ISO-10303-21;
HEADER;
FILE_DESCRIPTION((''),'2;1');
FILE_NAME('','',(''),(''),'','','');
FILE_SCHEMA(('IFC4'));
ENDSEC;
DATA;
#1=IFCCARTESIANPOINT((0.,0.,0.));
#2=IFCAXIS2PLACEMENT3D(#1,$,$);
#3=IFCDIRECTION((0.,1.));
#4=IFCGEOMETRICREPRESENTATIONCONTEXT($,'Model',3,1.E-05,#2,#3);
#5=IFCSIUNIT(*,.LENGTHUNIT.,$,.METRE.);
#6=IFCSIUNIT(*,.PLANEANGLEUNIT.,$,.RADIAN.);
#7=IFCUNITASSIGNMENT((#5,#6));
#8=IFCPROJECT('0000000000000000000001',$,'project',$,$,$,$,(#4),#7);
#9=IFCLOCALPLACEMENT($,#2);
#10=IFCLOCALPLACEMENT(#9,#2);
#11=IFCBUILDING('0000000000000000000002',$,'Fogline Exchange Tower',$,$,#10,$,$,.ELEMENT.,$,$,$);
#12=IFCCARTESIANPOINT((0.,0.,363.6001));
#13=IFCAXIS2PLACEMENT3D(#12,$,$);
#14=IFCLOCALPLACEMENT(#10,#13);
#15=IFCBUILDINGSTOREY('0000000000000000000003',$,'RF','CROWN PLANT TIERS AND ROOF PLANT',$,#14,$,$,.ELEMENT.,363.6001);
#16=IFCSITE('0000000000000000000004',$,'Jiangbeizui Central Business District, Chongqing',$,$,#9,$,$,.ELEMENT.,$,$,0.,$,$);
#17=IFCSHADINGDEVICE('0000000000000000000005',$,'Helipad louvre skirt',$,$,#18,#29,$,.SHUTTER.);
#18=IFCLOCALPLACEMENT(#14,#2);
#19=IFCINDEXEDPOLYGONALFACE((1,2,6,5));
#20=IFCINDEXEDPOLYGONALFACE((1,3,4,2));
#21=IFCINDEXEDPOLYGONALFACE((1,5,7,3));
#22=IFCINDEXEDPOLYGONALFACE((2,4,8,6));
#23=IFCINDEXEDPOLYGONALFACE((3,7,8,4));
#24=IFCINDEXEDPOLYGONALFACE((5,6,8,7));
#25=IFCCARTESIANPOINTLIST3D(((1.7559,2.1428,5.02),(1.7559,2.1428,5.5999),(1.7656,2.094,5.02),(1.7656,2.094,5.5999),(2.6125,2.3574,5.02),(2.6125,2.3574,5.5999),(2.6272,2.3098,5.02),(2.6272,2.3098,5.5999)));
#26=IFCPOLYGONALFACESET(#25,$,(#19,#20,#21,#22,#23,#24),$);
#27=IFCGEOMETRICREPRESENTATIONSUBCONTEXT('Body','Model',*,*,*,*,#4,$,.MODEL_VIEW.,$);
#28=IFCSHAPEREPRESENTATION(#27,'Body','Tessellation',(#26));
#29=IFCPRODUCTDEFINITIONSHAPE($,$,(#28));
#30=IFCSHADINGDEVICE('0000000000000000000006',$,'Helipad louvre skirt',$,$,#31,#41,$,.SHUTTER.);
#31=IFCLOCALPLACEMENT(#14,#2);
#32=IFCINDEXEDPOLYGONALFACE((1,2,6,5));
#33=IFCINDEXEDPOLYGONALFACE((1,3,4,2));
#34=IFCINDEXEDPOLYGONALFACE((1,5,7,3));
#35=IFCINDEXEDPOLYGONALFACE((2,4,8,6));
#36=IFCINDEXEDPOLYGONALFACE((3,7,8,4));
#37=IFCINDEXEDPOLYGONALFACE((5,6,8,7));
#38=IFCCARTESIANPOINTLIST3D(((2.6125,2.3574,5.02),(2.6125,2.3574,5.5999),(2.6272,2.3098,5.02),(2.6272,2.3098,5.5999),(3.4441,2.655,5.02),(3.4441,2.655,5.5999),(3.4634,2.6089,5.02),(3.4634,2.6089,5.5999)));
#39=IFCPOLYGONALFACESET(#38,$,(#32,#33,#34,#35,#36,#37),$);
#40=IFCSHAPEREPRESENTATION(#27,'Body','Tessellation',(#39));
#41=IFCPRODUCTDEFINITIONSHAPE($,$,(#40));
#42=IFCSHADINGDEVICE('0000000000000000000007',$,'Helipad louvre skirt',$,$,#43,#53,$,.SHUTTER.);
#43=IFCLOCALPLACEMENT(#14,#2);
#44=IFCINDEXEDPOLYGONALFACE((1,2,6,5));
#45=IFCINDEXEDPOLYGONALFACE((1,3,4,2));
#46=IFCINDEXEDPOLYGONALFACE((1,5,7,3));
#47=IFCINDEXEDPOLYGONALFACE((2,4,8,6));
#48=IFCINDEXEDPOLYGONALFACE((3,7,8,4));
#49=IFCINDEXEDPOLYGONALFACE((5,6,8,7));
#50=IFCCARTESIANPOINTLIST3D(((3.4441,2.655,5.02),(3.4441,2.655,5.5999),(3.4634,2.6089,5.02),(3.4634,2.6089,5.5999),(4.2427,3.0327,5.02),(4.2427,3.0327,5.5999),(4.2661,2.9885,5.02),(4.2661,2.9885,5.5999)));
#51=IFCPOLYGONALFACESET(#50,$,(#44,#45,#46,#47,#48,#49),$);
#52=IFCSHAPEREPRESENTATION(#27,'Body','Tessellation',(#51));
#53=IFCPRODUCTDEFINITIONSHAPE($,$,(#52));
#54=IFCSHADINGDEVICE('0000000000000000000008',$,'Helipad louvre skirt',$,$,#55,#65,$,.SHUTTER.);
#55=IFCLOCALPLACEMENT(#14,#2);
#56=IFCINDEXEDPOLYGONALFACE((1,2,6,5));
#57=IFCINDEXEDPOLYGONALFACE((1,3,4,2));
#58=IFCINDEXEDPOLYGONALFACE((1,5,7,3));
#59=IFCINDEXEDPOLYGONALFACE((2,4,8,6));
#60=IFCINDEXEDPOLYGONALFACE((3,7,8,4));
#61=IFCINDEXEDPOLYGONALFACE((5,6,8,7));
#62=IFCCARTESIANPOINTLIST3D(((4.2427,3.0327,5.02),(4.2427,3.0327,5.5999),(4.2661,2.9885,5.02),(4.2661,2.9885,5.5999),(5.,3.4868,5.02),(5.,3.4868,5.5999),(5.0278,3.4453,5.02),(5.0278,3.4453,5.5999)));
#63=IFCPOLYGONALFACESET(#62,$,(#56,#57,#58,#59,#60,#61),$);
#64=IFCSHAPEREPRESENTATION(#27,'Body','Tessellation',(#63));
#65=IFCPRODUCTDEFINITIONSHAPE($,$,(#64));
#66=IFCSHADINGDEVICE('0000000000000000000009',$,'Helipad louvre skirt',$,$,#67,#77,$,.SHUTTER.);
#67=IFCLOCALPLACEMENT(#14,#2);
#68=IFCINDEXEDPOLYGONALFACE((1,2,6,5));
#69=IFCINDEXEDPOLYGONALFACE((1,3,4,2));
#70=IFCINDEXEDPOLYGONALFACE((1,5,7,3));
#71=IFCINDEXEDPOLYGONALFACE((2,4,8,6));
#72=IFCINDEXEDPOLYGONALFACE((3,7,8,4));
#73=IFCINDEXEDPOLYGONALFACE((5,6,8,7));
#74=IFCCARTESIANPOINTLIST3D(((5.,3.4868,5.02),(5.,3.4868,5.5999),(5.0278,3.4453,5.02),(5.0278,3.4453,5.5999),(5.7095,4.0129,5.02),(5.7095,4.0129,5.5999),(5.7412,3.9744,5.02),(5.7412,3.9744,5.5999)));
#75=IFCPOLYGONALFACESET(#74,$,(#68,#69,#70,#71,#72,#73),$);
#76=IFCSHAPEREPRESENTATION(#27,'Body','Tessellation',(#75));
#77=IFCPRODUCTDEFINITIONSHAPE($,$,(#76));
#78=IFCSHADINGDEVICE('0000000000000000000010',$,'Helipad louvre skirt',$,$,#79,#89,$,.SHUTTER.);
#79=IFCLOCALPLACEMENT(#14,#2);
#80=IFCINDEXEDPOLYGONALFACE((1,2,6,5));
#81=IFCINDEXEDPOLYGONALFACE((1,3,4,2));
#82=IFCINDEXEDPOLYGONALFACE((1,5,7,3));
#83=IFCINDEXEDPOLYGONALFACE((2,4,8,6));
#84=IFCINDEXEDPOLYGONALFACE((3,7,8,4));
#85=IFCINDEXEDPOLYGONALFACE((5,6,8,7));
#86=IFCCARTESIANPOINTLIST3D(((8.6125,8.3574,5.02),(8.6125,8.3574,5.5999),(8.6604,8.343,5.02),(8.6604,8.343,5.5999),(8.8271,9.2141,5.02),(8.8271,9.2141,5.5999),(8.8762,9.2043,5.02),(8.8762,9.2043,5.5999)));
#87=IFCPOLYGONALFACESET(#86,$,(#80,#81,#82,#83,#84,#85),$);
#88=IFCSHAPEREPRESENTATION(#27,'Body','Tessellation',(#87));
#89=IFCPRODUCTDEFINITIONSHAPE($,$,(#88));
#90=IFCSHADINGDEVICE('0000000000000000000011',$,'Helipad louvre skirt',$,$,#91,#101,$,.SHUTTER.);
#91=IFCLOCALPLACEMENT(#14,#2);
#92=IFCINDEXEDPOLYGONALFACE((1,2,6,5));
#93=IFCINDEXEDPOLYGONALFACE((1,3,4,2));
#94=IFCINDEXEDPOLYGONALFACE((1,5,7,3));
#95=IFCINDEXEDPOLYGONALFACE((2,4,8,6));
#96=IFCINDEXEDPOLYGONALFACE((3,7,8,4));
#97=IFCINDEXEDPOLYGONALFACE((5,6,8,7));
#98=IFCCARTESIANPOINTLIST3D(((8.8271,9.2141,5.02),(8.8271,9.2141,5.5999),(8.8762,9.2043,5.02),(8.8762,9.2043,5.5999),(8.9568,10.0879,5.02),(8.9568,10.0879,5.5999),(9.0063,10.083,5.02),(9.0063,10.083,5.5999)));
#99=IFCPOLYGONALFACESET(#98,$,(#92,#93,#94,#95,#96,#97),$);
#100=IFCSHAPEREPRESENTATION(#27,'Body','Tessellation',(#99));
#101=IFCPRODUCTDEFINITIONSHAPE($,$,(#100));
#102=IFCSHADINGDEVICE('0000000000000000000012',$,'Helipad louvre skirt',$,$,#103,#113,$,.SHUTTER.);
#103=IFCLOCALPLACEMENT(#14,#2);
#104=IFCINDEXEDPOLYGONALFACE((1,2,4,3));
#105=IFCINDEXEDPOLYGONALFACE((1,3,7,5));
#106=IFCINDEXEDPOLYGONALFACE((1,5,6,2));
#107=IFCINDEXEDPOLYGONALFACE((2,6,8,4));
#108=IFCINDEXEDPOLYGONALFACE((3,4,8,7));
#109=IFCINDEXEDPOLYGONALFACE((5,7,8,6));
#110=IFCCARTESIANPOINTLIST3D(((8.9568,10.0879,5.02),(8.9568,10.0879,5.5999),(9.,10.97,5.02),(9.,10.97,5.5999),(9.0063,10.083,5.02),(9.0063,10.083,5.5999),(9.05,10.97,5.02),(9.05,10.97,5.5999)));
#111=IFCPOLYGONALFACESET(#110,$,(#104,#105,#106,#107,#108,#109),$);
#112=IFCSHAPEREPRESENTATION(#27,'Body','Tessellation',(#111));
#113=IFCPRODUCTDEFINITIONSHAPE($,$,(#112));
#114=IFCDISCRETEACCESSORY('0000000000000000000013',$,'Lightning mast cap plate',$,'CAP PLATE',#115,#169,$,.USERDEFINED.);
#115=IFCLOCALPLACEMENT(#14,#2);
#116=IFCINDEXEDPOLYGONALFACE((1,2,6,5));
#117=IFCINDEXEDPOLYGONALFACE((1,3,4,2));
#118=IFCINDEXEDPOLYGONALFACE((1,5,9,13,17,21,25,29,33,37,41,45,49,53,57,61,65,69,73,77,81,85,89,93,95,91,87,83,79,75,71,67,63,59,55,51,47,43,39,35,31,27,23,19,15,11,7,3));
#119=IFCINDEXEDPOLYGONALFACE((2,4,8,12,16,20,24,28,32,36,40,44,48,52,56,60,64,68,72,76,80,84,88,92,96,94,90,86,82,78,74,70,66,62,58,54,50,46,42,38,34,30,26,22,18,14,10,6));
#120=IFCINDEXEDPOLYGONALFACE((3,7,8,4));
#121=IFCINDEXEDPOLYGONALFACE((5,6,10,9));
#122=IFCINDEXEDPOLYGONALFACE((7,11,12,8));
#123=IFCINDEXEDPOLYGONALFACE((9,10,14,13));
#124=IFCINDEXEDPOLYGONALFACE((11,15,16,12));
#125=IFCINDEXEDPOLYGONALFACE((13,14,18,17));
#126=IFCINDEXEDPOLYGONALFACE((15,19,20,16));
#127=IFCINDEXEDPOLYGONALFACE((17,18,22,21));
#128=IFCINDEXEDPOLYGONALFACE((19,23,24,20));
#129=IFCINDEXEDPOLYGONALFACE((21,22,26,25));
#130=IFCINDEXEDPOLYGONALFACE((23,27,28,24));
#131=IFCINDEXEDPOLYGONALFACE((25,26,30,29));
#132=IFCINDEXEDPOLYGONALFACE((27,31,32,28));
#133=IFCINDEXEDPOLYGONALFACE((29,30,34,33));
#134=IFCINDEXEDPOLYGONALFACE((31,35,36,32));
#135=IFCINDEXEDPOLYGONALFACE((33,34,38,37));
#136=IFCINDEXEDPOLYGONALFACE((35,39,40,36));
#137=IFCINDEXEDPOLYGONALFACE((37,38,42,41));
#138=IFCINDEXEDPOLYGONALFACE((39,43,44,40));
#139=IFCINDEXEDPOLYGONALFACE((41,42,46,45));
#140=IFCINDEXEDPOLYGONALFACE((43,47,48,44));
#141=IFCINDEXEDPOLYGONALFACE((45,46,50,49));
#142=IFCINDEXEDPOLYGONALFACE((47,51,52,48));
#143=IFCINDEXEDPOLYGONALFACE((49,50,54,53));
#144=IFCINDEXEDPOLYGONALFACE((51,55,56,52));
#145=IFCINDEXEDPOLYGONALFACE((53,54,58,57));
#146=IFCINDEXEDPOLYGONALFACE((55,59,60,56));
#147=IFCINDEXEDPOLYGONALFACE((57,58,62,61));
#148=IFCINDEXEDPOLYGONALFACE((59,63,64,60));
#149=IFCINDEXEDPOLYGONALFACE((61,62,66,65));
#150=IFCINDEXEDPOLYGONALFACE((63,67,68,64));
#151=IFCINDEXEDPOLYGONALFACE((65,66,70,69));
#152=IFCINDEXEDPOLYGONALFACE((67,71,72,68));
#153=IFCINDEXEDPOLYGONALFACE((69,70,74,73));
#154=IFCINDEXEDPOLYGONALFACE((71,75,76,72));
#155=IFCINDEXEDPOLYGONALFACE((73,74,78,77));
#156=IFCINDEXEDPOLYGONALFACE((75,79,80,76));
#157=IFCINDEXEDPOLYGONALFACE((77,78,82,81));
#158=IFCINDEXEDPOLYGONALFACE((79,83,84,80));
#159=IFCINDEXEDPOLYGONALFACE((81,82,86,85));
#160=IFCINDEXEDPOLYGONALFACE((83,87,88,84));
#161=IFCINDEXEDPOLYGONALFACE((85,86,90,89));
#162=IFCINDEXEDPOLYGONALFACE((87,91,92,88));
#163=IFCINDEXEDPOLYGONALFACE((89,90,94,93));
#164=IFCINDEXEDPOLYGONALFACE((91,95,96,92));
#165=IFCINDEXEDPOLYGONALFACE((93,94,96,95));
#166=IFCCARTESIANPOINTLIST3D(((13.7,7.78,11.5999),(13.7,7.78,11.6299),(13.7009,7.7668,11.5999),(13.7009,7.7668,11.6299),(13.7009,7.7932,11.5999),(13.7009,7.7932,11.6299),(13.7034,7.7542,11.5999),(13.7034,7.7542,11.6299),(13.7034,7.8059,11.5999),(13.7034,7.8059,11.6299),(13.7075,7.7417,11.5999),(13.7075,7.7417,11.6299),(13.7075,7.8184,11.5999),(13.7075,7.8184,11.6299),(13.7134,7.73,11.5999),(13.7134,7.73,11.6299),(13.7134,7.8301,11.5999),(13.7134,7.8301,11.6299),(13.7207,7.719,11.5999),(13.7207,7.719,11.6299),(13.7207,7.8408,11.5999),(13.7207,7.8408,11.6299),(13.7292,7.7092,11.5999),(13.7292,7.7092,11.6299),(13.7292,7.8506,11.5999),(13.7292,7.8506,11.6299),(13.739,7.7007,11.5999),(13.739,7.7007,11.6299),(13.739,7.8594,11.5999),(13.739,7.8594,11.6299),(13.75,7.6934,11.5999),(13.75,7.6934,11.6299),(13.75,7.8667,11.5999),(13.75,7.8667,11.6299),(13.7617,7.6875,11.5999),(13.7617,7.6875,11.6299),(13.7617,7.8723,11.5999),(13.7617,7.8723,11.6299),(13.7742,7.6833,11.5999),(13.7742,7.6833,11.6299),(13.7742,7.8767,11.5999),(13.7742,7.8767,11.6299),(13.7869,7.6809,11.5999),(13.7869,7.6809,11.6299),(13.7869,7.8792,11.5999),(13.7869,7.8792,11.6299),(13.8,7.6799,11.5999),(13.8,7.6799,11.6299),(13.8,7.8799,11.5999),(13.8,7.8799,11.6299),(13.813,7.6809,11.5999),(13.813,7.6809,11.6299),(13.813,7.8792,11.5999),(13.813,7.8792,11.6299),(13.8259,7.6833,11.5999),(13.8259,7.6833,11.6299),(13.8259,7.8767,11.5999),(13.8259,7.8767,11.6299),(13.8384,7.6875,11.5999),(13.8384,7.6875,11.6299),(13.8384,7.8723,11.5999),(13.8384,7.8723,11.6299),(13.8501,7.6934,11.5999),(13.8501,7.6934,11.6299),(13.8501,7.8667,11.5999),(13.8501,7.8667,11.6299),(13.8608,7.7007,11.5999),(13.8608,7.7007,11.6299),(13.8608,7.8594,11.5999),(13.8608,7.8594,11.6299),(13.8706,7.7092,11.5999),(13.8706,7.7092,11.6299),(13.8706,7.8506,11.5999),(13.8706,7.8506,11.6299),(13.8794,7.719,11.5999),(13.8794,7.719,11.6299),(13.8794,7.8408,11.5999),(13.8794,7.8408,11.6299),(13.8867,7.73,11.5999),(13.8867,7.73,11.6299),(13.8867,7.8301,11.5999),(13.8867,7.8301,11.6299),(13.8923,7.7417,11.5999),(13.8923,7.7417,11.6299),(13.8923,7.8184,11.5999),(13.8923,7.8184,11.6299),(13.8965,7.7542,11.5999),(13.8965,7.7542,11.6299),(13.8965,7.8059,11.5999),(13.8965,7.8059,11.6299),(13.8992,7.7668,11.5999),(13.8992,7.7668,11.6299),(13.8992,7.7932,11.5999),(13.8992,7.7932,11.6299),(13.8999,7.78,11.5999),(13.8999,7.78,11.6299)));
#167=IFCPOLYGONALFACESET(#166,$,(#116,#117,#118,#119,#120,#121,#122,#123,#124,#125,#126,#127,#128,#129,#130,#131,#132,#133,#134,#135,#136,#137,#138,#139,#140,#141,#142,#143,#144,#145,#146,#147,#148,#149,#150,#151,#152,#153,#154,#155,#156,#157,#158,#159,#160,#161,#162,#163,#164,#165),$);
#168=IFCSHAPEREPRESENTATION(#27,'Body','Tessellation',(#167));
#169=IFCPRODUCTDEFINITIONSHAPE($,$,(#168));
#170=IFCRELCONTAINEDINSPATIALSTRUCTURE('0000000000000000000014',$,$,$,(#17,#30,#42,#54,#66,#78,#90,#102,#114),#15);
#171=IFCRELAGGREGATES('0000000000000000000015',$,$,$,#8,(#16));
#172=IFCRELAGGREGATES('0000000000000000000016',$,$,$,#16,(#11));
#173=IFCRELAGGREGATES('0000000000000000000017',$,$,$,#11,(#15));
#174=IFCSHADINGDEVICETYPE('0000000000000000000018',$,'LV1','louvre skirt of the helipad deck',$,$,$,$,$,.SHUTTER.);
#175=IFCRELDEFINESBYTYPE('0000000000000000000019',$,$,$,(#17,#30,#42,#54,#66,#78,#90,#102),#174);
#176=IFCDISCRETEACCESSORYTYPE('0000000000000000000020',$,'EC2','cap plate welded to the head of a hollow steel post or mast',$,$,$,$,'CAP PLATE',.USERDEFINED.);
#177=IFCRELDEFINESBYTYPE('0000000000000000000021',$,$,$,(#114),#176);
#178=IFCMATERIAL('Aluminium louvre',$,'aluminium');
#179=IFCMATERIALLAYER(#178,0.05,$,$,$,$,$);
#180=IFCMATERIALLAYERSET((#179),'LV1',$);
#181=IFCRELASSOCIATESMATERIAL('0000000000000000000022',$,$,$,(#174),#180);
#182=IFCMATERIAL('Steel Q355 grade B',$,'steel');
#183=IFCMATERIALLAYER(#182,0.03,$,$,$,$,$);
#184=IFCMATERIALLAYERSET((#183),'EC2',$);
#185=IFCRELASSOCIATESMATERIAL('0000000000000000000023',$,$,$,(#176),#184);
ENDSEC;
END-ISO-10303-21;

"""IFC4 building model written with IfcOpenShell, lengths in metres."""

from ifc_helpers import new_model, si_unit, direction, frame, origin, place, context, subcontext, project, spatial, polyline, outline, extrude, material, layer, layer_set, type_object, element, save


model = new_model("IFC4")

# Units and contexts
model_context = context("Model", 3, precision=1e-05, world=origin(), true_north=direction((0.0, 1.0)))
body_context = subcontext(model_context, "Body", "Model", "MODEL_VIEW")
ifc_project = project(units=[si_unit("LENGTHUNIT", "METRE"), si_unit("PLANEANGLEUNIT", "RADIAN")], contexts=[model_context])

# Site, building, storey
site_placement = place(None, origin())
site = spatial("IfcSite", under=ifc_project, at=site_placement, Name="Jiangbeizui Central Business District, Chongqing", CompositionType="ELEMENT", RefElevation=0.0)
building_placement = place(site_placement, origin())
building = spatial("IfcBuilding", under=site, at=building_placement, Name="Fogline Exchange Tower", CompositionType="ELEMENT")
storey_placement = place(building_placement, frame((0.0, 0.0, 363.6001)))
storey = spatial("IfcBuildingStorey", under=building, at=storey_placement, Name="RF", Description="CROWN PLANT TIERS AND ROOF PLANT", CompositionType="ELEMENT", Elevation=363.6001)

# Shared definitions
ifc_material_1 = material(Name="Steel Q355 grade B", Category="steel")

# Shading devices
ifc_material_2 = material(Name="Aluminium louvre", Category="aluminium")
ifc_layer_1 = layer(ifc_material_2, 0.05)
ifc_layer_set_1 = layer_set([ifc_layer_1], Name="LV1")
shading_device_type = type_object("IfcShadingDeviceType", Name="LV1", Description="louvre skirt of the helipad deck", PredefinedType="SHUTTER", material=ifc_layer_set_1)
shading_device_1_placement = place(storey_placement, frame((0.0, 0.0, 5.02)))
element("IfcShadingDevice", 1, at=shading_device_1_placement, inside=storey, type_object=shading_device_type, Name="Helipad louvre skirt", PredefinedType="SHUTTER", context=body_context, shape_type="SweptSolid", body=[
    extrude(outline(polyline([(1.7559, 2.1428), (1.7656, 2.094), (2.6272, 2.3098), (2.6125, 2.3574), (1.7559, 2.1428)])), origin(), (0.0, 0.0, 1.0), 0.5798),
])
shading_device_2_placement = place(storey_placement, frame((0.0, 0.0, 5.02)))
element("IfcShadingDevice", 2, at=shading_device_2_placement, inside=storey, type_object=shading_device_type, Name="Helipad louvre skirt", PredefinedType="SHUTTER", context=body_context, shape_type="SweptSolid", body=[
    extrude(outline(polyline([(2.6125, 2.3574), (2.6272, 2.3098), (3.4634, 2.6089), (3.4441, 2.655), (2.6125, 2.3574)])), origin(), (0.0, 0.0, 1.0), 0.5798),
])
shading_device_3_placement = place(storey_placement, frame((0.0, 0.0, 5.02)))
element("IfcShadingDevice", 3, at=shading_device_3_placement, inside=storey, type_object=shading_device_type, Name="Helipad louvre skirt", PredefinedType="SHUTTER", context=body_context, shape_type="SweptSolid", body=[
    extrude(outline(polyline([(3.4441, 2.655), (3.4634, 2.6089), (4.2661, 2.9885), (4.2427, 3.0327), (3.4441, 2.655)])), origin(), (0.0, 0.0, 1.0), 0.5798),
])
shading_device_4_placement = place(storey_placement, frame((0.0, 0.0, 5.02)))
element("IfcShadingDevice", 4, at=shading_device_4_placement, inside=storey, type_object=shading_device_type, Name="Helipad louvre skirt", PredefinedType="SHUTTER", context=body_context, shape_type="SweptSolid", body=[
    extrude(outline(polyline([(4.2427, 3.0327), (4.2661, 2.9885), (5.0278, 3.4453), (5.0, 3.4868), (4.2427, 3.0327)])), origin(), (0.0, 0.0, 1.0), 0.5798),
])
shading_device_5_placement = place(storey_placement, frame((0.0, 0.0, 5.02)))
element("IfcShadingDevice", 5, at=shading_device_5_placement, inside=storey, type_object=shading_device_type, Name="Helipad louvre skirt", PredefinedType="SHUTTER", context=body_context, shape_type="SweptSolid", body=[
    extrude(outline(polyline([(5.0, 3.4868), (5.0278, 3.4453), (5.7412, 3.9744), (5.7095, 4.0129), (5.0, 3.4868)])), origin(), (0.0, 0.0, 1.0), 0.5798),
])
shading_device_6_placement = place(storey_placement, frame((0.0, 0.0, 5.02)))
element("IfcShadingDevice", 6, at=shading_device_6_placement, inside=storey, type_object=shading_device_type, Name="Helipad louvre skirt", PredefinedType="SHUTTER", context=body_context, shape_type="SweptSolid", body=[
    extrude(outline(polyline([(8.6125, 8.3574), (8.6604, 8.343), (8.8762, 9.2043), (8.8271, 9.2141), (8.6125, 8.3574)])), origin(), (0.0, 0.0, 1.0), 0.5798),
])
shading_device_7_placement = place(storey_placement, frame((0.0, 0.0, 5.02)))
element("IfcShadingDevice", 7, at=shading_device_7_placement, inside=storey, type_object=shading_device_type, Name="Helipad louvre skirt", PredefinedType="SHUTTER", context=body_context, shape_type="SweptSolid", body=[
    extrude(outline(polyline([(8.8271, 9.2141), (8.8762, 9.2043), (9.0063, 10.083), (8.9568, 10.0879), (8.8271, 9.2141)])), origin(), (0.0, 0.0, 1.0), 0.5798),
])
shading_device_8_placement = place(storey_placement, frame((0.0, 0.0, 5.02)))
element("IfcShadingDevice", 8, at=shading_device_8_placement, inside=storey, type_object=shading_device_type, Name="Helipad louvre skirt", PredefinedType="SHUTTER", context=body_context, shape_type="SweptSolid", body=[
    extrude(outline(polyline([(8.9568, 10.0879), (9.0063, 10.083), (9.05, 10.97), (9.0, 10.97), (8.9568, 10.0879)])), origin(), (0.0, 0.0, 1.0), 0.5798),
])

# Discrete accessory
ifc_layer_2 = layer(ifc_material_1, 0.03)
ifc_layer_set_2 = layer_set([ifc_layer_2], Name="EC2")
discrete_accessory_type = type_object("IfcDiscreteAccessoryType", Name="EC2", Description="cap plate welded to the head of a hollow steel post or mast", ElementType="CAP PLATE", PredefinedType="USERDEFINED", material=ifc_layer_set_2)
discrete_accessory_placement = place(storey_placement, frame((0.0, 0.0, 11.5999)))
element("IfcDiscreteAccessory", 9, at=discrete_accessory_placement, inside=storey, type_object=discrete_accessory_type, Name="Lightning mast cap plate", ObjectType="CAP PLATE", PredefinedType="USERDEFINED", context=body_context, shape_type="SweptSolid", body=[
    extrude(outline(polyline([(13.8999, 7.78), (13.8992, 7.7932), (13.8965, 7.8059), (13.8923, 7.8184), (13.8867, 7.8301), (13.8794, 7.8408), (13.8706, 7.8506), (13.8608, 7.8594), (13.8501, 7.8667), (13.8384, 7.8723), (13.8259, 7.8767), (13.813, 7.8792), (13.8, 7.8799), (13.7869, 7.8792), (13.7742, 7.8767), (13.7617, 7.8723), (13.75, 7.8667), (13.739, 7.8594), (13.7292, 7.8506), (13.7207, 7.8408), (13.7134, 7.8301), (13.7075, 7.8184), (13.7034, 7.8059), (13.7009, 7.7932), (13.7, 7.78), (13.7009, 7.7668), (13.7034, 7.7542), (13.7075, 7.7417), (13.7134, 7.73), (13.7207, 7.719), (13.7292, 7.7092), (13.739, 7.7007), (13.75, 7.6934), (13.7617, 7.6875), (13.7742, 7.6833), (13.7869, 7.6809), (13.8, 7.6799), (13.813, 7.6809), (13.8259, 7.6833), (13.8384, 7.6875), (13.8501, 7.6934), (13.8608, 7.7007), (13.8706, 7.7092), (13.8794, 7.719), (13.8867, 7.73), (13.8923, 7.7417), (13.8965, 7.7542), (13.8992, 7.7668), (13.8999, 7.78)])), origin(), (0.0, 0.0, 1.0), 0.03),
])

save(model, "model.ifc")
